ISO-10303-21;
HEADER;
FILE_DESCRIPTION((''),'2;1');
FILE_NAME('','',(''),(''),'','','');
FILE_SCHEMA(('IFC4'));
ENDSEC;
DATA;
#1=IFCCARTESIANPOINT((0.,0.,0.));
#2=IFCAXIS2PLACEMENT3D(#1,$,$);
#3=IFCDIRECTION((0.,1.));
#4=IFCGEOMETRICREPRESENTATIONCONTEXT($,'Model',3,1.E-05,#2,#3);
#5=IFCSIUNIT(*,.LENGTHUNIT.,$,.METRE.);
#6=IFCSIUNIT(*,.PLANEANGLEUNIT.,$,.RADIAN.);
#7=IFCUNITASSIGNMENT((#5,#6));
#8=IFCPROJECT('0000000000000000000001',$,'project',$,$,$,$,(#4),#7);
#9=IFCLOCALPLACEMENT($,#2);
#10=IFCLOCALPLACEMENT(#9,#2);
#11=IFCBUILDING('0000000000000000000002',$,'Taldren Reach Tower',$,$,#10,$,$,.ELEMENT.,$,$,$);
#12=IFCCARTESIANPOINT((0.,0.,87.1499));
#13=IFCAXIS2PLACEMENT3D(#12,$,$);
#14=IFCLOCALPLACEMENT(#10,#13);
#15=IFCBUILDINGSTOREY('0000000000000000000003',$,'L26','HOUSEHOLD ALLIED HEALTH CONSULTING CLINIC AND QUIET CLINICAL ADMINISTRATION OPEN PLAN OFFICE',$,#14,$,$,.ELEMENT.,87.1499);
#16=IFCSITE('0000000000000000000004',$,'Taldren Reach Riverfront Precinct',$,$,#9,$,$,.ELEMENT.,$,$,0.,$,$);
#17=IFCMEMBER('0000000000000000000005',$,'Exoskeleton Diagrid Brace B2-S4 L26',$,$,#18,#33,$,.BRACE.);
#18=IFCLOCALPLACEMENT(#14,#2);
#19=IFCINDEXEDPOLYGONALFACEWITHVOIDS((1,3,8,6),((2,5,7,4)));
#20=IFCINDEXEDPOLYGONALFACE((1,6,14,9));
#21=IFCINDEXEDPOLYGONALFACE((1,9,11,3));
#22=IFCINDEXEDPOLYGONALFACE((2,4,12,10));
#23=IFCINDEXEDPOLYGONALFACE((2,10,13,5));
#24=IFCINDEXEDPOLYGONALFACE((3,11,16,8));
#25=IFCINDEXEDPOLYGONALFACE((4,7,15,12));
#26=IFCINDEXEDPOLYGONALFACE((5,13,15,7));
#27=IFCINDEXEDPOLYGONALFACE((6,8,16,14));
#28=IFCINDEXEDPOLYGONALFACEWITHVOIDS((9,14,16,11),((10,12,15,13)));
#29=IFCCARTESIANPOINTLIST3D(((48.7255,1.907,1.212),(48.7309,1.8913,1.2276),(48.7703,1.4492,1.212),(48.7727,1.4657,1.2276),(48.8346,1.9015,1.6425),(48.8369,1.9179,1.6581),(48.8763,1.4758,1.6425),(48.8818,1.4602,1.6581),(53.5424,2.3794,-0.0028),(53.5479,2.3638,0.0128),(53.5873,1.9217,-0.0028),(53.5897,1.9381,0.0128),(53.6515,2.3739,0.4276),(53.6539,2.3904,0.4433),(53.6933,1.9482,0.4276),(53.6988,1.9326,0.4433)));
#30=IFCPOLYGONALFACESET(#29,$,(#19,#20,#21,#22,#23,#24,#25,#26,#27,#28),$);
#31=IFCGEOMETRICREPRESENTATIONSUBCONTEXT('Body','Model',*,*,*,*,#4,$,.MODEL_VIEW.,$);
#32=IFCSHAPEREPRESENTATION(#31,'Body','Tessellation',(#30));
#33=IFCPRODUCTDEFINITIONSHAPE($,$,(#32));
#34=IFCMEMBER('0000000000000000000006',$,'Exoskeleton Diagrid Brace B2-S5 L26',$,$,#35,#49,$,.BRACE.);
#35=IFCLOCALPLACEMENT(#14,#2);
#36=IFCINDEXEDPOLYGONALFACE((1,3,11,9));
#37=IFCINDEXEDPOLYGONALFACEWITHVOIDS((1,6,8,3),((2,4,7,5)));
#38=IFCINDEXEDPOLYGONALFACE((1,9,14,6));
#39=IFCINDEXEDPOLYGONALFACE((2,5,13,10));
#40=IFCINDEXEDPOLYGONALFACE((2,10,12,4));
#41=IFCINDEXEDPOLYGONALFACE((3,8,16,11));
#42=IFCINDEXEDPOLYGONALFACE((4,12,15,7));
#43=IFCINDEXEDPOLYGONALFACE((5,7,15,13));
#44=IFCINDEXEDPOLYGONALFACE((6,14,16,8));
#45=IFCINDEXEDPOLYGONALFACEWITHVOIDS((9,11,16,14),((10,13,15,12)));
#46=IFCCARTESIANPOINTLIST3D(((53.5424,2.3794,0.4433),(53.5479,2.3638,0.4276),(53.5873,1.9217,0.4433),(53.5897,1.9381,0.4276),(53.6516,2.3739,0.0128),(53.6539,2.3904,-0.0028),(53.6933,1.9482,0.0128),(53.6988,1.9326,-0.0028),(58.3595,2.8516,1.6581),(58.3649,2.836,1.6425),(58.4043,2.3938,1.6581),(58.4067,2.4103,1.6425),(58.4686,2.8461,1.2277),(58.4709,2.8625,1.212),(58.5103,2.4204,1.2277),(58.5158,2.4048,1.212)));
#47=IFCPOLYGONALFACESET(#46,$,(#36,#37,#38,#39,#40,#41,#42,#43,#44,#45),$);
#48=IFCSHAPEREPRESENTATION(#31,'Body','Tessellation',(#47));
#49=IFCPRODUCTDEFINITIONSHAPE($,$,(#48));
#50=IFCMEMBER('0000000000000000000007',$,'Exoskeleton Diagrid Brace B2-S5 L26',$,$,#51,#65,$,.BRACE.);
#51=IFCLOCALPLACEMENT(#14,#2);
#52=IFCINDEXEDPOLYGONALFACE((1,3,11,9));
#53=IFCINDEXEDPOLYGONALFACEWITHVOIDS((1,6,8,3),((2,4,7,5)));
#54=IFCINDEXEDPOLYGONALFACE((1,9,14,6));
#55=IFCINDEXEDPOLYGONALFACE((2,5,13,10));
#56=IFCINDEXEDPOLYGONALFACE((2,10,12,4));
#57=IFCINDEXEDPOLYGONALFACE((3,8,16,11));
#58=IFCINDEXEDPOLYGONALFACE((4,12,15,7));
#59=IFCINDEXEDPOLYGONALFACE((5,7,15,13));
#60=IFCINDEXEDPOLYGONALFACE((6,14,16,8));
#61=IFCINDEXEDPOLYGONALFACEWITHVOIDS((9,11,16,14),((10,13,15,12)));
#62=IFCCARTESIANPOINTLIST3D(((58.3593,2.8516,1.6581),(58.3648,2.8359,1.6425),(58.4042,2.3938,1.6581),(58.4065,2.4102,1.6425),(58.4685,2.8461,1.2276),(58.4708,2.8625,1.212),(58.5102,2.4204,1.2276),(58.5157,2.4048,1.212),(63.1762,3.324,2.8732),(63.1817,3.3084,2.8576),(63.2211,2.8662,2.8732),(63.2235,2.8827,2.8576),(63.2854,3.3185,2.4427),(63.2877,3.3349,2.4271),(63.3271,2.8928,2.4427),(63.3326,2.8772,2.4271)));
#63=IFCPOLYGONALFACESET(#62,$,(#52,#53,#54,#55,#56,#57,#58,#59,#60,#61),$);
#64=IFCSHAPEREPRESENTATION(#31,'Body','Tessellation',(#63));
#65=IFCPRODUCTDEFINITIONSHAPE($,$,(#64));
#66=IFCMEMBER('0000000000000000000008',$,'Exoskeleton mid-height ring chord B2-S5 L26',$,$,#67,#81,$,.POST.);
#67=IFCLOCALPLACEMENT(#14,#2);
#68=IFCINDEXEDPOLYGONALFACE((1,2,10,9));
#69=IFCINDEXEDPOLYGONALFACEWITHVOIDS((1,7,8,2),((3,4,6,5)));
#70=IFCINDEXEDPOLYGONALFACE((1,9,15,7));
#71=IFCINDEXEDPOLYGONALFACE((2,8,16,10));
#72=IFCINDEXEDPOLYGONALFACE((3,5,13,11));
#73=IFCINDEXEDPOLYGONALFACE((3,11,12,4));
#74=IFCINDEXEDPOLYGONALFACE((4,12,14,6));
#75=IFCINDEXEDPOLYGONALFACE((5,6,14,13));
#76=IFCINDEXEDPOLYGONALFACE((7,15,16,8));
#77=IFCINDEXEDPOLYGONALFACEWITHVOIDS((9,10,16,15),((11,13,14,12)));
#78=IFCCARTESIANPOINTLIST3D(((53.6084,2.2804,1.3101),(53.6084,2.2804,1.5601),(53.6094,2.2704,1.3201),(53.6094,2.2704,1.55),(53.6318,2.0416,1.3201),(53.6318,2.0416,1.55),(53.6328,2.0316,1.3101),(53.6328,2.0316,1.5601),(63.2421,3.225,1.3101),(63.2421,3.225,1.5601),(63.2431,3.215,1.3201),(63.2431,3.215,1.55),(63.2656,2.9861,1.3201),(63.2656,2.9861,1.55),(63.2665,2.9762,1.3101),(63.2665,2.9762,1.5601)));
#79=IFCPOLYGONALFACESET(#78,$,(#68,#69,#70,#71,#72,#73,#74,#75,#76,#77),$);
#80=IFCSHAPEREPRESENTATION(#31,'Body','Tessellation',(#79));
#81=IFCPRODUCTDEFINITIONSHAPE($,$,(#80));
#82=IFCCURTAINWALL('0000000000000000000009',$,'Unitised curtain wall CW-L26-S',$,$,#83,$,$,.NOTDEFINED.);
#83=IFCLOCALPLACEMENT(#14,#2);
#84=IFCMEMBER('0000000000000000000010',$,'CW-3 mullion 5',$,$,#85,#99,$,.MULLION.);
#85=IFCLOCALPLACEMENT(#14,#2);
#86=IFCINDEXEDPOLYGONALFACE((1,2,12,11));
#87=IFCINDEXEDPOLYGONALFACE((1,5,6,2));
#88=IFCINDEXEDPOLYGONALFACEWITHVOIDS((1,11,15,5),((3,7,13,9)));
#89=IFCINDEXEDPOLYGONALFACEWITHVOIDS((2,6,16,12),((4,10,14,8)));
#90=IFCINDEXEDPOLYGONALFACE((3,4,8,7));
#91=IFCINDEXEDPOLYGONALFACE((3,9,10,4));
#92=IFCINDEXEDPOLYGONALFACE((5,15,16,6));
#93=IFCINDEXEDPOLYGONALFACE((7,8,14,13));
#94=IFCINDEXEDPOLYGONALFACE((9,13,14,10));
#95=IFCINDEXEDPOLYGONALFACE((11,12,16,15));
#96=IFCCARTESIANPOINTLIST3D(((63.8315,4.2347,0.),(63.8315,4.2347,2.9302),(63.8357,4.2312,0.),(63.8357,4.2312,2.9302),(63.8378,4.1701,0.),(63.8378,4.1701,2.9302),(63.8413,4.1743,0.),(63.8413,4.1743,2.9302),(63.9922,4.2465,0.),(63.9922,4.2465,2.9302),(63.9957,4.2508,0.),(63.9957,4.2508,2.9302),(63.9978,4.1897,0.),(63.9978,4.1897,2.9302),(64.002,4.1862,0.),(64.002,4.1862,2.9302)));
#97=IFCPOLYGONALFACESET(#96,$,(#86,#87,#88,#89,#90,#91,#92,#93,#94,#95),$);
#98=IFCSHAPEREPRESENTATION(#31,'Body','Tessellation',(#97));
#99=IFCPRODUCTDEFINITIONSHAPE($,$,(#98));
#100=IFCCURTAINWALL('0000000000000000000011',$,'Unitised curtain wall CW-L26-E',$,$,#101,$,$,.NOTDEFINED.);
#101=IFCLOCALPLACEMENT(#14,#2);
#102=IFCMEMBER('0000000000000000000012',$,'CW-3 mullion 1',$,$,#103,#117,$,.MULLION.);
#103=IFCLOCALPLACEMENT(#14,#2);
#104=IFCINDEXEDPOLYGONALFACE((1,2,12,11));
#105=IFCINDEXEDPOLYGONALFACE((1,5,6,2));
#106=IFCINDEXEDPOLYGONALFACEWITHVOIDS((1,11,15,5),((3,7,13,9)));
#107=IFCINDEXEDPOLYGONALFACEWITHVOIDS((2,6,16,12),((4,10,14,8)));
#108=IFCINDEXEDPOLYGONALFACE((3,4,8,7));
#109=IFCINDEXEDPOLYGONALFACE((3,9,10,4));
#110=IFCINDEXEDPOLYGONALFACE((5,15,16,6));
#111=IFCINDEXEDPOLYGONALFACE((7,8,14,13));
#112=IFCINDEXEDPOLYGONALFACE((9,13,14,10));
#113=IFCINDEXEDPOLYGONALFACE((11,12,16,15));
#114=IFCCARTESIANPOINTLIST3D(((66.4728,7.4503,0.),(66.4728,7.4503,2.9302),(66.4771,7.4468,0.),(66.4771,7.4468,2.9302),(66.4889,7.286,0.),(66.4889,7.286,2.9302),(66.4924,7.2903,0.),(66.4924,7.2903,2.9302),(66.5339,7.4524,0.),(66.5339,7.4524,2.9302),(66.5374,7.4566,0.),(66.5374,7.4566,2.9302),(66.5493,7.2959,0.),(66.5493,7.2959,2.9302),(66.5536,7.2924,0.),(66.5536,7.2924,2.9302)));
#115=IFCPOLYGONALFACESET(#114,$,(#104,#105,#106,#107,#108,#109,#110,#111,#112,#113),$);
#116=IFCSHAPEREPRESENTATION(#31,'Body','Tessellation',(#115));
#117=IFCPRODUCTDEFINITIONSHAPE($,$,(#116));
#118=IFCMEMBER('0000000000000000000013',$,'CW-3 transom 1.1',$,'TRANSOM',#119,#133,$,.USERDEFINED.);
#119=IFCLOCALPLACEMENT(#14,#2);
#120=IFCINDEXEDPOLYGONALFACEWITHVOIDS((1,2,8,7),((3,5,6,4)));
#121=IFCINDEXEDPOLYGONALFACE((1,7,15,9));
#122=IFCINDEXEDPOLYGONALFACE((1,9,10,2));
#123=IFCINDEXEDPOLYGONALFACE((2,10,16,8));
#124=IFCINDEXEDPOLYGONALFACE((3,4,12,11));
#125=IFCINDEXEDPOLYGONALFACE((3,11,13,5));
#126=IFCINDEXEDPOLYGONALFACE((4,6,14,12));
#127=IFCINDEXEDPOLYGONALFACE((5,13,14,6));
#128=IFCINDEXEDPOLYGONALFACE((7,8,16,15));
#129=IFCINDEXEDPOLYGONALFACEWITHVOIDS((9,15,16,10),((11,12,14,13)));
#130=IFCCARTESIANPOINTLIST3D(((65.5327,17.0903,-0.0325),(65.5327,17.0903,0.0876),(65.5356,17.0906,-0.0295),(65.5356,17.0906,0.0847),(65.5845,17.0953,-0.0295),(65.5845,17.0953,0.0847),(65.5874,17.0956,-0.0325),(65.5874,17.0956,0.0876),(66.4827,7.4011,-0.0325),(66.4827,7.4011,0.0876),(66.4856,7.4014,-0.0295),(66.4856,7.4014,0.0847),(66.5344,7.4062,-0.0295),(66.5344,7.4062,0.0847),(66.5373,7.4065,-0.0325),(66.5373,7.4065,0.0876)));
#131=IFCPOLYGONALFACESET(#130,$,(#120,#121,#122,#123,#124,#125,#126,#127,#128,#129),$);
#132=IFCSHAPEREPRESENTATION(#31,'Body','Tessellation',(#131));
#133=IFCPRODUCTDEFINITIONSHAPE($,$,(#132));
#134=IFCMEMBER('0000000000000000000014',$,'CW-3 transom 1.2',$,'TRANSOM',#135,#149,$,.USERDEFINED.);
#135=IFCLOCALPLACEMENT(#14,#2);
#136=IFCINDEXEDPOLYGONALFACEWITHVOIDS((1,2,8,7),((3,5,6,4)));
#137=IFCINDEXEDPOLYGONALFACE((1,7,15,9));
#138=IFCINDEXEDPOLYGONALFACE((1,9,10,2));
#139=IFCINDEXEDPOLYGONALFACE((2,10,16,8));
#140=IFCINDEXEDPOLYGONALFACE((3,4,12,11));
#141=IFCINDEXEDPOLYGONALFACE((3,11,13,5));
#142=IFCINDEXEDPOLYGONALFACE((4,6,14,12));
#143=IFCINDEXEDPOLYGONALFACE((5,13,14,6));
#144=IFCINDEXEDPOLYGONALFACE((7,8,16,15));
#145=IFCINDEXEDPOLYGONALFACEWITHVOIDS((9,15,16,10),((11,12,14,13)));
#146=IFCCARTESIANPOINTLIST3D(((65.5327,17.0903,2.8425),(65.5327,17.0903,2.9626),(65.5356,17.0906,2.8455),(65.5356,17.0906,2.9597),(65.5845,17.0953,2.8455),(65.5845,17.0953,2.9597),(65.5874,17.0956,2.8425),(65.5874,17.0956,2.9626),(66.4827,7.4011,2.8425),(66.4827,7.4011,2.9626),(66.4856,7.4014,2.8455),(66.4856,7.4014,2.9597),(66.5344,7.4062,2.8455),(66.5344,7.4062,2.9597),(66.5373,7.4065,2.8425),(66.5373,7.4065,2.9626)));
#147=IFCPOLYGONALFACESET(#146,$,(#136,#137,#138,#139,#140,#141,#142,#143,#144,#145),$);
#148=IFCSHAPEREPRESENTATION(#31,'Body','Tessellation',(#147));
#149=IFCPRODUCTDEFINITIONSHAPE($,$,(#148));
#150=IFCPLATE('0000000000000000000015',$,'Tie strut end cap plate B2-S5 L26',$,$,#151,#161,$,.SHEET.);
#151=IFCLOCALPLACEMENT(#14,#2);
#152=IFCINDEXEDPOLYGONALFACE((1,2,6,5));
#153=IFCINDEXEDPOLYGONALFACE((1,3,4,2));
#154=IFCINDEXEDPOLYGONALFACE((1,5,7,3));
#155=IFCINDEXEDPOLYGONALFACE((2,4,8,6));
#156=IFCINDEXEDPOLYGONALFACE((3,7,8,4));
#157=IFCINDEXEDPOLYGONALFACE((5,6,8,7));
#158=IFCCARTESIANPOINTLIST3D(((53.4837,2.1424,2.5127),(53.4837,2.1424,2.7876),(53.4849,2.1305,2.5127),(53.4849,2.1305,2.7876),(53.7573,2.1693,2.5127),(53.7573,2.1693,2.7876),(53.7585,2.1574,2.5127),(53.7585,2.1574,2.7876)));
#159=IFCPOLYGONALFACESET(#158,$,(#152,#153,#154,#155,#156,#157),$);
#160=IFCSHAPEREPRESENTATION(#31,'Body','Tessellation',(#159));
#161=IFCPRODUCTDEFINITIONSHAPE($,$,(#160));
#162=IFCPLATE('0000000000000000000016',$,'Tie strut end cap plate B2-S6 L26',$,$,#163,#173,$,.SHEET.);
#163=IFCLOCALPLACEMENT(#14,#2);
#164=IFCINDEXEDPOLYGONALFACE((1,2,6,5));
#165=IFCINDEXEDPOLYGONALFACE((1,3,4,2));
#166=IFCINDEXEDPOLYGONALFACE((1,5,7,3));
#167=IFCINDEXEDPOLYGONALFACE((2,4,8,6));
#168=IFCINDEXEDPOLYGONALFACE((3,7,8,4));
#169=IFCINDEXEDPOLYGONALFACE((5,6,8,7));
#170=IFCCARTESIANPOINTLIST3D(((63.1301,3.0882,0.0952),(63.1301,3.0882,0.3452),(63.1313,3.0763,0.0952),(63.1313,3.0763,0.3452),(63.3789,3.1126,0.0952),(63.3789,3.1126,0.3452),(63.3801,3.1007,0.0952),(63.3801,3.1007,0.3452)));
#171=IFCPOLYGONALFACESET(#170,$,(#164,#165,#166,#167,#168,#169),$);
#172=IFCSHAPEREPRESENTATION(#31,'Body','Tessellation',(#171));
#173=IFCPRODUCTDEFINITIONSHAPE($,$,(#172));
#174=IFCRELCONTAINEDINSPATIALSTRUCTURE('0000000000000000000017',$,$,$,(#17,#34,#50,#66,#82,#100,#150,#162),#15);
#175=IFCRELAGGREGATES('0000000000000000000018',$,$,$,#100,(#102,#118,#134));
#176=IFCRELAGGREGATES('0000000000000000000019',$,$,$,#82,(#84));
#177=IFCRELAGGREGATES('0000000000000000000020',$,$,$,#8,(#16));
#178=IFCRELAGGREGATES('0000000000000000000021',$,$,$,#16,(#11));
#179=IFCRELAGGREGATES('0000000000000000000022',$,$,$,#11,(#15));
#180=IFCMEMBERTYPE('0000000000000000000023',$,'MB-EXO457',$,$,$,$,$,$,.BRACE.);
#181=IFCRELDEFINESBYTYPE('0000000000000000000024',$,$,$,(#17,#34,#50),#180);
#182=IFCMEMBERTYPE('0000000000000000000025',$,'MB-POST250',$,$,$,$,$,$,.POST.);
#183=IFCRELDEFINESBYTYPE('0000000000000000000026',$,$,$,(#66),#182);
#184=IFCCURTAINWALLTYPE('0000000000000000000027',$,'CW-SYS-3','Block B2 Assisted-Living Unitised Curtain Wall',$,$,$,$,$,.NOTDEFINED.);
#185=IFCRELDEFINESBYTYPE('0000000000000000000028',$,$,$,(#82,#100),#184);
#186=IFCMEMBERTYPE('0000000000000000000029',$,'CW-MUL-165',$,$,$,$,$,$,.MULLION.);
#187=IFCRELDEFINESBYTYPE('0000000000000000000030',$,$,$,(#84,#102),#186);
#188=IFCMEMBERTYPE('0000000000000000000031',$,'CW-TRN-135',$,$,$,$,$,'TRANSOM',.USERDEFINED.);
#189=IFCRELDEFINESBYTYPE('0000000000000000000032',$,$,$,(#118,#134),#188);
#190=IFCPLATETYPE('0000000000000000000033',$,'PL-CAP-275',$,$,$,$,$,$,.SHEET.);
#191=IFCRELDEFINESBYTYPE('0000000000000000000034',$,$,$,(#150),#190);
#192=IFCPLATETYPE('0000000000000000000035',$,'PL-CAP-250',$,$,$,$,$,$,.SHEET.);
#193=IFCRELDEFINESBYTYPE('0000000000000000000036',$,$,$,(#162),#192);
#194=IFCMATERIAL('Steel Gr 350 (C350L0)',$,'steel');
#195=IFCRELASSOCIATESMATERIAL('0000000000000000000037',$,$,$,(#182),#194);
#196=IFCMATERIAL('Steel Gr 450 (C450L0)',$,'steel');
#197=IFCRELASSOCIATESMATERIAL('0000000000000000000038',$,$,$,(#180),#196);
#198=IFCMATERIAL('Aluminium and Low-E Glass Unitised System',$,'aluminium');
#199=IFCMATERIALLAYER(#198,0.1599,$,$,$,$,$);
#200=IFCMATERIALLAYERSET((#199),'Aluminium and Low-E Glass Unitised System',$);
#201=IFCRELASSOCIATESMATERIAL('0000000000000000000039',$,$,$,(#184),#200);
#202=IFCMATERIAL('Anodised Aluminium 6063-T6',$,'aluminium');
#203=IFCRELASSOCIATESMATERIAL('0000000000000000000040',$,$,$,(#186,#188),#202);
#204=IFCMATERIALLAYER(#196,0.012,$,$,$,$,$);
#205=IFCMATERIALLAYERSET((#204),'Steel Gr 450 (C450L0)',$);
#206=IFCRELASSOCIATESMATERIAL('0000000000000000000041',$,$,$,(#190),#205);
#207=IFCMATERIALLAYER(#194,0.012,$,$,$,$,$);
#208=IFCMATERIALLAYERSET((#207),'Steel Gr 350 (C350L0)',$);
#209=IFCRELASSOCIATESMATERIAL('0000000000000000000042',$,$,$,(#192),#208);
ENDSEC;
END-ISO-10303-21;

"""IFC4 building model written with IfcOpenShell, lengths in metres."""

from ifc_helpers import new_model, si_unit, direction, frame, origin, origin_2d, place, context, subcontext, project, spatial, rectangle, hollow_rectangle, extrude, source, transform, mapped, material, layer, layer_set, material_profile, profile_set, type_object, element, aggregate, save


model = new_model("IFC4")

# Units and contexts
model_context = context("Model", 3, precision=1e-05, world=origin(), true_north=direction((0.0, 1.0)))
body_context = subcontext(model_context, "Body", "Model", "MODEL_VIEW")
ifc_project = project(units=[si_unit("LENGTHUNIT", "METRE"), si_unit("PLANEANGLEUNIT", "RADIAN")], contexts=[model_context])

# Site, building, storey
site_placement = place(None, origin())
site = spatial("IfcSite", under=ifc_project, at=site_placement, Name="Taldren Reach Riverfront Precinct", CompositionType="ELEMENT", RefElevation=0.0)
building_placement = place(site_placement, origin())
building = spatial("IfcBuilding", under=site, at=building_placement, Name="Taldren Reach Tower", CompositionType="ELEMENT")
storey_placement = place(building_placement, frame((0.0, 0.0, 87.1499)))
storey = spatial("IfcBuildingStorey", under=building, at=storey_placement, Name="L26", Description="HOUSEHOLD ALLIED HEALTH CONSULTING CLINIC AND QUIET CLINICAL ADMINISTRATION OPEN PLAN OFFICE", CompositionType="ELEMENT", Elevation=87.1499)

# Shared definitions
ifc_material_1 = material(Name="Steel Gr 450 (C450L0)", Category="steel")
ifc_material_2 = material(Name="Steel Gr 350 (C350L0)", Category="steel")
ifc_material_profile_1 = material_profile(ifc_material_2, hollow_rectangle(XDim=0.25, YDim=0.25, WallThickness=0.01, at=origin_2d()), Name="250x250x10.0SHS")
ifc_profile_set_1 = profile_set([ifc_material_profile_1], Name="Steel Gr 350 (C350L0)")
member_type_1 = type_object("IfcMemberType", Name="MB-POST250", PredefinedType="POST", material=ifc_profile_set_1)

# Members
ifc_material_profile_2 = material_profile(ifc_material_1, hollow_rectangle(XDim=0.46, YDim=0.46, WallThickness=0.0161, at=origin_2d()), Name="460x460x16.0SHS")
ifc_profile_set_2 = profile_set([ifc_material_profile_2], Name="Steel Gr 450 (C450L0)")
member_type_2 = type_object("IfcMemberType", Name="MB-EXO457", PredefinedType="BRACE", material=ifc_profile_set_2)
shared_shape_1 = source(origin(), body_context, "Body", "SweptSolid", [
    extrude(hollow_rectangle(XDim=0.46, YDim=0.46, WallThickness=0.0161, at=origin_2d()), origin(), (0.0, 0.0, 1.0), 4.9902),
])
for number, where, z_axis, x_axis, name in (
    (1, (53.6206, 2.156, 0.2202), (-0.965283, -0.094669, 0.243449), (0.097606, -0.995225, 0.0), "Exoskeleton Diagrid Brace B2-S4 L26"),
    (2, (53.6206, 2.156, 0.2202), (0.965287, 0.094621, 0.24345), (-0.097556, 0.99523, 0.0), "Exoskeleton Diagrid Brace B2-S5 L26"),
    (3, (58.4375, 2.6282, 1.4351), (0.965271, 0.094668, 0.243495), (-0.097606, 0.995225, 0.0), "Exoskeleton Diagrid Brace B2-S5 L26"),
):
    element("IfcMember", number, at=place(storey_placement, frame(where, z_axis=z_axis, x_axis=x_axis)), inside=storey, type_object=member_type_2, Name=name, PredefinedType="BRACE", context=body_context, shape_type="MappedRepresentation", body=[
        mapped(shared_shape_1, transform((0.0, 0.0, 0.0), scale=1.0)),
    ])
shared_shape_2 = source(origin(), body_context, "Body", "SweptSolid", [
    extrude(hollow_rectangle(XDim=0.25, YDim=0.25, WallThickness=0.01, at=origin_2d()), origin(), (0.0, 0.0, 1.0), 9.6799),
])
member_1_placement = place(storey_placement, frame((53.6206, 2.156, 1.4351), z_axis=(0.995228, 0.097581, 0.0), x_axis=(-0.097581, 0.995228, 0.0)))
element("IfcMember", 4, at=member_1_placement, inside=storey, type_object=member_type_1, Name="Exoskeleton mid-height ring chord B2-S5 L26", PredefinedType="POST", context=body_context, shape_type="MappedRepresentation", body=[
    mapped(shared_shape_2, transform((0.0, 0.0, 0.0), scale=1.0)),
])

# Curtain wall, member
ifc_material_3 = material(Name="Aluminium and Low-E Glass Unitised System", Category="aluminium")
ifc_layer_1 = layer(ifc_material_3, 0.1599)
ifc_layer_set_1 = layer_set([ifc_layer_1], Name="Aluminium and Low-E Glass Unitised System")
curtain_wall_type = type_object("IfcCurtainWallType", Name="CW-SYS-3", Description="Block B2 Assisted-Living Unitised Curtain Wall", PredefinedType="NOTDEFINED", material=ifc_layer_set_1)
curtain_wall_1_placement = place(storey_placement, origin())
curtain_wall_1 = element("IfcCurtainWall", 5, at=curtain_wall_1_placement, inside=storey, type_object=curtain_wall_type, Name="Unitised curtain wall CW-L26-S", PredefinedType="NOTDEFINED")
ifc_material_4 = material(Name="Anodised Aluminium 6063-T6", Category="aluminium")
ifc_material_profile_3 = material_profile(ifc_material_4, hollow_rectangle(XDim=0.0649, YDim=0.165, WallThickness=0.0039, at=origin_2d()), Name="ALU-165x65x4RHS")
ifc_profile_set_3 = profile_set([ifc_material_profile_3], Name="Anodised Aluminium 6063-T6")
member_type_3 = type_object("IfcMemberType", Name="CW-MUL-165", PredefinedType="MULLION", material=ifc_profile_set_3)
shared_shape_3 = source(origin(), body_context, "Body", "SweptSolid", [
    extrude(hollow_rectangle(XDim=0.0649, YDim=0.165, WallThickness=0.0039, at=origin_2d()), origin(), (0.0, 0.0, 1.0), 2.9302),
])
member_2_placement = place(storey_placement, frame((63.9167, 4.2104, 0.0), z_axis=(0.0, 0.0, 1.0), x_axis=(-0.097583, 0.995227, 0.0)))
member_2 = element("IfcMember", 6, at=member_2_placement, type_object=member_type_3, Name="CW-3 mullion 5", PredefinedType="MULLION", context=body_context, shape_type="MappedRepresentation", body=[
    mapped(shared_shape_3, transform((0.0, 0.0, 0.0), scale=1.0)),
])

# Curtain wall, members
curtain_wall_2_placement = place(storey_placement, origin())
curtain_wall_2 = element("IfcCurtainWall", 7, at=curtain_wall_2_placement, inside=storey, type_object=curtain_wall_type, Name="Unitised curtain wall CW-L26-E", PredefinedType="NOTDEFINED")
member_3_placement = place(storey_placement, frame((66.5132, 7.3713, 0.0), z_axis=(0.0, 0.0, 1.0), x_axis=(-0.995227, -0.097583, 0.0)))
member_3 = element("IfcMember", 8, at=member_3_placement, type_object=member_type_3, Name="CW-3 mullion 1", PredefinedType="MULLION", context=body_context, shape_type="MappedRepresentation", body=[
    mapped(shared_shape_3, transform((0.0, 0.0, 0.0), scale=1.0)),
])
ifc_material_profile_4 = material_profile(ifc_material_4, hollow_rectangle(XDim=0.0549, YDim=0.1201, WallThickness=0.0029, at=origin_2d()), Name="ALU-120x55x3RHS")
ifc_profile_set_4 = profile_set([ifc_material_profile_4], Name="Anodised Aluminium 6063-T6")
member_type_4 = type_object("IfcMemberType", Name="CW-TRN-135", ElementType="TRANSOM", PredefinedType="USERDEFINED", material=ifc_profile_set_4)
shared_shape_4 = source(origin(), body_context, "Body", "SweptSolid", [
    extrude(hollow_rectangle(XDim=0.0549, YDim=0.1201, WallThickness=0.0029, at=origin_2d()), origin(), (0.0, 0.0, 1.0), 9.7356),
])
member_4_placement = place(storey_placement, frame((66.51, 7.4038, 0.0276), z_axis=(-0.097574, 0.995228, 0.0), x_axis=(-0.995228, -0.097574, 0.0)))
member_4 = element("IfcMember", 9, at=member_4_placement, type_object=member_type_4, Name="CW-3 transom 1.1", ObjectType="TRANSOM", PredefinedType="USERDEFINED", context=body_context, shape_type="MappedRepresentation", body=[
    mapped(shared_shape_4, transform((0.0, 0.0, 0.0), scale=1.0)),
])
member_5_placement = place(storey_placement, frame((66.51, 7.4038, 2.9026), z_axis=(-0.097574, 0.995228, 0.0), x_axis=(-0.995228, -0.097574, 0.0)))
member_5 = element("IfcMember", 10, at=member_5_placement, type_object=member_type_4, Name="CW-3 transom 1.2", ObjectType="TRANSOM", PredefinedType="USERDEFINED", context=body_context, shape_type="MappedRepresentation", body=[
    mapped(shared_shape_4, transform((0.0, 0.0, 0.0), scale=1.0)),
])
aggregate(curtain_wall_2, [member_3, member_4, member_5])

# Plates
ifc_layer_2 = layer(ifc_material_1, 0.012)
ifc_layer_set_2 = layer_set([ifc_layer_2], Name="Steel Gr 450 (C450L0)")
plate_type_1 = type_object("IfcPlateType", Name="PL-CAP-275", PredefinedType="SHEET", material=ifc_layer_set_2)
shared_shape_5 = source(origin(), body_context, "Body", "SweptSolid", [
    extrude(rectangle(XDim=0.2749, YDim=0.012, at=origin_2d()), origin(), (0.0, 0.0, 1.0), 0.2749),
])
plate_1_placement = place(storey_placement, frame((53.6211, 2.1499, 2.5127), z_axis=(0.0, 0.0, 1.0), x_axis=(0.995227, 0.097583, 0.0)))
element("IfcPlate", 11, at=plate_1_placement, inside=storey, type_object=plate_type_1, Name="Tie strut end cap plate B2-S5 L26", PredefinedType="SHEET", context=body_context, shape_type="MappedRepresentation", body=[
    mapped(shared_shape_5, transform((0.0, 0.0, 0.0), scale=1.0)),
])
ifc_layer_3 = layer(ifc_material_2, 0.012)
ifc_layer_set_3 = layer_set([ifc_layer_3], Name="Steel Gr 350 (C350L0)")
plate_type_2 = type_object("IfcPlateType", Name="PL-CAP-250", PredefinedType="SHEET", material=ifc_layer_set_3)
shared_shape_6 = source(origin(), body_context, "Body", "SweptSolid", [
    extrude(rectangle(XDim=0.25, YDim=0.012, at=origin_2d()), origin(), (0.0, 0.0, 1.0), 0.25),
])
plate_2_placement = place(storey_placement, frame((63.2551, 3.0945, 0.0952), z_axis=(0.0, 0.0, 1.0), x_axis=(0.995227, 0.097583, 0.0)))
element("IfcPlate", 12, at=plate_2_placement, inside=storey, type_object=plate_type_2, Name="Tie strut end cap plate B2-S6 L26", PredefinedType="SHEET", context=body_context, shape_type="MappedRepresentation", body=[
    mapped(shared_shape_6, transform((0.0, 0.0, 0.0), scale=1.0)),
])

aggregate(curtain_wall_1, [member_2])

save(model, "model.ifc")
